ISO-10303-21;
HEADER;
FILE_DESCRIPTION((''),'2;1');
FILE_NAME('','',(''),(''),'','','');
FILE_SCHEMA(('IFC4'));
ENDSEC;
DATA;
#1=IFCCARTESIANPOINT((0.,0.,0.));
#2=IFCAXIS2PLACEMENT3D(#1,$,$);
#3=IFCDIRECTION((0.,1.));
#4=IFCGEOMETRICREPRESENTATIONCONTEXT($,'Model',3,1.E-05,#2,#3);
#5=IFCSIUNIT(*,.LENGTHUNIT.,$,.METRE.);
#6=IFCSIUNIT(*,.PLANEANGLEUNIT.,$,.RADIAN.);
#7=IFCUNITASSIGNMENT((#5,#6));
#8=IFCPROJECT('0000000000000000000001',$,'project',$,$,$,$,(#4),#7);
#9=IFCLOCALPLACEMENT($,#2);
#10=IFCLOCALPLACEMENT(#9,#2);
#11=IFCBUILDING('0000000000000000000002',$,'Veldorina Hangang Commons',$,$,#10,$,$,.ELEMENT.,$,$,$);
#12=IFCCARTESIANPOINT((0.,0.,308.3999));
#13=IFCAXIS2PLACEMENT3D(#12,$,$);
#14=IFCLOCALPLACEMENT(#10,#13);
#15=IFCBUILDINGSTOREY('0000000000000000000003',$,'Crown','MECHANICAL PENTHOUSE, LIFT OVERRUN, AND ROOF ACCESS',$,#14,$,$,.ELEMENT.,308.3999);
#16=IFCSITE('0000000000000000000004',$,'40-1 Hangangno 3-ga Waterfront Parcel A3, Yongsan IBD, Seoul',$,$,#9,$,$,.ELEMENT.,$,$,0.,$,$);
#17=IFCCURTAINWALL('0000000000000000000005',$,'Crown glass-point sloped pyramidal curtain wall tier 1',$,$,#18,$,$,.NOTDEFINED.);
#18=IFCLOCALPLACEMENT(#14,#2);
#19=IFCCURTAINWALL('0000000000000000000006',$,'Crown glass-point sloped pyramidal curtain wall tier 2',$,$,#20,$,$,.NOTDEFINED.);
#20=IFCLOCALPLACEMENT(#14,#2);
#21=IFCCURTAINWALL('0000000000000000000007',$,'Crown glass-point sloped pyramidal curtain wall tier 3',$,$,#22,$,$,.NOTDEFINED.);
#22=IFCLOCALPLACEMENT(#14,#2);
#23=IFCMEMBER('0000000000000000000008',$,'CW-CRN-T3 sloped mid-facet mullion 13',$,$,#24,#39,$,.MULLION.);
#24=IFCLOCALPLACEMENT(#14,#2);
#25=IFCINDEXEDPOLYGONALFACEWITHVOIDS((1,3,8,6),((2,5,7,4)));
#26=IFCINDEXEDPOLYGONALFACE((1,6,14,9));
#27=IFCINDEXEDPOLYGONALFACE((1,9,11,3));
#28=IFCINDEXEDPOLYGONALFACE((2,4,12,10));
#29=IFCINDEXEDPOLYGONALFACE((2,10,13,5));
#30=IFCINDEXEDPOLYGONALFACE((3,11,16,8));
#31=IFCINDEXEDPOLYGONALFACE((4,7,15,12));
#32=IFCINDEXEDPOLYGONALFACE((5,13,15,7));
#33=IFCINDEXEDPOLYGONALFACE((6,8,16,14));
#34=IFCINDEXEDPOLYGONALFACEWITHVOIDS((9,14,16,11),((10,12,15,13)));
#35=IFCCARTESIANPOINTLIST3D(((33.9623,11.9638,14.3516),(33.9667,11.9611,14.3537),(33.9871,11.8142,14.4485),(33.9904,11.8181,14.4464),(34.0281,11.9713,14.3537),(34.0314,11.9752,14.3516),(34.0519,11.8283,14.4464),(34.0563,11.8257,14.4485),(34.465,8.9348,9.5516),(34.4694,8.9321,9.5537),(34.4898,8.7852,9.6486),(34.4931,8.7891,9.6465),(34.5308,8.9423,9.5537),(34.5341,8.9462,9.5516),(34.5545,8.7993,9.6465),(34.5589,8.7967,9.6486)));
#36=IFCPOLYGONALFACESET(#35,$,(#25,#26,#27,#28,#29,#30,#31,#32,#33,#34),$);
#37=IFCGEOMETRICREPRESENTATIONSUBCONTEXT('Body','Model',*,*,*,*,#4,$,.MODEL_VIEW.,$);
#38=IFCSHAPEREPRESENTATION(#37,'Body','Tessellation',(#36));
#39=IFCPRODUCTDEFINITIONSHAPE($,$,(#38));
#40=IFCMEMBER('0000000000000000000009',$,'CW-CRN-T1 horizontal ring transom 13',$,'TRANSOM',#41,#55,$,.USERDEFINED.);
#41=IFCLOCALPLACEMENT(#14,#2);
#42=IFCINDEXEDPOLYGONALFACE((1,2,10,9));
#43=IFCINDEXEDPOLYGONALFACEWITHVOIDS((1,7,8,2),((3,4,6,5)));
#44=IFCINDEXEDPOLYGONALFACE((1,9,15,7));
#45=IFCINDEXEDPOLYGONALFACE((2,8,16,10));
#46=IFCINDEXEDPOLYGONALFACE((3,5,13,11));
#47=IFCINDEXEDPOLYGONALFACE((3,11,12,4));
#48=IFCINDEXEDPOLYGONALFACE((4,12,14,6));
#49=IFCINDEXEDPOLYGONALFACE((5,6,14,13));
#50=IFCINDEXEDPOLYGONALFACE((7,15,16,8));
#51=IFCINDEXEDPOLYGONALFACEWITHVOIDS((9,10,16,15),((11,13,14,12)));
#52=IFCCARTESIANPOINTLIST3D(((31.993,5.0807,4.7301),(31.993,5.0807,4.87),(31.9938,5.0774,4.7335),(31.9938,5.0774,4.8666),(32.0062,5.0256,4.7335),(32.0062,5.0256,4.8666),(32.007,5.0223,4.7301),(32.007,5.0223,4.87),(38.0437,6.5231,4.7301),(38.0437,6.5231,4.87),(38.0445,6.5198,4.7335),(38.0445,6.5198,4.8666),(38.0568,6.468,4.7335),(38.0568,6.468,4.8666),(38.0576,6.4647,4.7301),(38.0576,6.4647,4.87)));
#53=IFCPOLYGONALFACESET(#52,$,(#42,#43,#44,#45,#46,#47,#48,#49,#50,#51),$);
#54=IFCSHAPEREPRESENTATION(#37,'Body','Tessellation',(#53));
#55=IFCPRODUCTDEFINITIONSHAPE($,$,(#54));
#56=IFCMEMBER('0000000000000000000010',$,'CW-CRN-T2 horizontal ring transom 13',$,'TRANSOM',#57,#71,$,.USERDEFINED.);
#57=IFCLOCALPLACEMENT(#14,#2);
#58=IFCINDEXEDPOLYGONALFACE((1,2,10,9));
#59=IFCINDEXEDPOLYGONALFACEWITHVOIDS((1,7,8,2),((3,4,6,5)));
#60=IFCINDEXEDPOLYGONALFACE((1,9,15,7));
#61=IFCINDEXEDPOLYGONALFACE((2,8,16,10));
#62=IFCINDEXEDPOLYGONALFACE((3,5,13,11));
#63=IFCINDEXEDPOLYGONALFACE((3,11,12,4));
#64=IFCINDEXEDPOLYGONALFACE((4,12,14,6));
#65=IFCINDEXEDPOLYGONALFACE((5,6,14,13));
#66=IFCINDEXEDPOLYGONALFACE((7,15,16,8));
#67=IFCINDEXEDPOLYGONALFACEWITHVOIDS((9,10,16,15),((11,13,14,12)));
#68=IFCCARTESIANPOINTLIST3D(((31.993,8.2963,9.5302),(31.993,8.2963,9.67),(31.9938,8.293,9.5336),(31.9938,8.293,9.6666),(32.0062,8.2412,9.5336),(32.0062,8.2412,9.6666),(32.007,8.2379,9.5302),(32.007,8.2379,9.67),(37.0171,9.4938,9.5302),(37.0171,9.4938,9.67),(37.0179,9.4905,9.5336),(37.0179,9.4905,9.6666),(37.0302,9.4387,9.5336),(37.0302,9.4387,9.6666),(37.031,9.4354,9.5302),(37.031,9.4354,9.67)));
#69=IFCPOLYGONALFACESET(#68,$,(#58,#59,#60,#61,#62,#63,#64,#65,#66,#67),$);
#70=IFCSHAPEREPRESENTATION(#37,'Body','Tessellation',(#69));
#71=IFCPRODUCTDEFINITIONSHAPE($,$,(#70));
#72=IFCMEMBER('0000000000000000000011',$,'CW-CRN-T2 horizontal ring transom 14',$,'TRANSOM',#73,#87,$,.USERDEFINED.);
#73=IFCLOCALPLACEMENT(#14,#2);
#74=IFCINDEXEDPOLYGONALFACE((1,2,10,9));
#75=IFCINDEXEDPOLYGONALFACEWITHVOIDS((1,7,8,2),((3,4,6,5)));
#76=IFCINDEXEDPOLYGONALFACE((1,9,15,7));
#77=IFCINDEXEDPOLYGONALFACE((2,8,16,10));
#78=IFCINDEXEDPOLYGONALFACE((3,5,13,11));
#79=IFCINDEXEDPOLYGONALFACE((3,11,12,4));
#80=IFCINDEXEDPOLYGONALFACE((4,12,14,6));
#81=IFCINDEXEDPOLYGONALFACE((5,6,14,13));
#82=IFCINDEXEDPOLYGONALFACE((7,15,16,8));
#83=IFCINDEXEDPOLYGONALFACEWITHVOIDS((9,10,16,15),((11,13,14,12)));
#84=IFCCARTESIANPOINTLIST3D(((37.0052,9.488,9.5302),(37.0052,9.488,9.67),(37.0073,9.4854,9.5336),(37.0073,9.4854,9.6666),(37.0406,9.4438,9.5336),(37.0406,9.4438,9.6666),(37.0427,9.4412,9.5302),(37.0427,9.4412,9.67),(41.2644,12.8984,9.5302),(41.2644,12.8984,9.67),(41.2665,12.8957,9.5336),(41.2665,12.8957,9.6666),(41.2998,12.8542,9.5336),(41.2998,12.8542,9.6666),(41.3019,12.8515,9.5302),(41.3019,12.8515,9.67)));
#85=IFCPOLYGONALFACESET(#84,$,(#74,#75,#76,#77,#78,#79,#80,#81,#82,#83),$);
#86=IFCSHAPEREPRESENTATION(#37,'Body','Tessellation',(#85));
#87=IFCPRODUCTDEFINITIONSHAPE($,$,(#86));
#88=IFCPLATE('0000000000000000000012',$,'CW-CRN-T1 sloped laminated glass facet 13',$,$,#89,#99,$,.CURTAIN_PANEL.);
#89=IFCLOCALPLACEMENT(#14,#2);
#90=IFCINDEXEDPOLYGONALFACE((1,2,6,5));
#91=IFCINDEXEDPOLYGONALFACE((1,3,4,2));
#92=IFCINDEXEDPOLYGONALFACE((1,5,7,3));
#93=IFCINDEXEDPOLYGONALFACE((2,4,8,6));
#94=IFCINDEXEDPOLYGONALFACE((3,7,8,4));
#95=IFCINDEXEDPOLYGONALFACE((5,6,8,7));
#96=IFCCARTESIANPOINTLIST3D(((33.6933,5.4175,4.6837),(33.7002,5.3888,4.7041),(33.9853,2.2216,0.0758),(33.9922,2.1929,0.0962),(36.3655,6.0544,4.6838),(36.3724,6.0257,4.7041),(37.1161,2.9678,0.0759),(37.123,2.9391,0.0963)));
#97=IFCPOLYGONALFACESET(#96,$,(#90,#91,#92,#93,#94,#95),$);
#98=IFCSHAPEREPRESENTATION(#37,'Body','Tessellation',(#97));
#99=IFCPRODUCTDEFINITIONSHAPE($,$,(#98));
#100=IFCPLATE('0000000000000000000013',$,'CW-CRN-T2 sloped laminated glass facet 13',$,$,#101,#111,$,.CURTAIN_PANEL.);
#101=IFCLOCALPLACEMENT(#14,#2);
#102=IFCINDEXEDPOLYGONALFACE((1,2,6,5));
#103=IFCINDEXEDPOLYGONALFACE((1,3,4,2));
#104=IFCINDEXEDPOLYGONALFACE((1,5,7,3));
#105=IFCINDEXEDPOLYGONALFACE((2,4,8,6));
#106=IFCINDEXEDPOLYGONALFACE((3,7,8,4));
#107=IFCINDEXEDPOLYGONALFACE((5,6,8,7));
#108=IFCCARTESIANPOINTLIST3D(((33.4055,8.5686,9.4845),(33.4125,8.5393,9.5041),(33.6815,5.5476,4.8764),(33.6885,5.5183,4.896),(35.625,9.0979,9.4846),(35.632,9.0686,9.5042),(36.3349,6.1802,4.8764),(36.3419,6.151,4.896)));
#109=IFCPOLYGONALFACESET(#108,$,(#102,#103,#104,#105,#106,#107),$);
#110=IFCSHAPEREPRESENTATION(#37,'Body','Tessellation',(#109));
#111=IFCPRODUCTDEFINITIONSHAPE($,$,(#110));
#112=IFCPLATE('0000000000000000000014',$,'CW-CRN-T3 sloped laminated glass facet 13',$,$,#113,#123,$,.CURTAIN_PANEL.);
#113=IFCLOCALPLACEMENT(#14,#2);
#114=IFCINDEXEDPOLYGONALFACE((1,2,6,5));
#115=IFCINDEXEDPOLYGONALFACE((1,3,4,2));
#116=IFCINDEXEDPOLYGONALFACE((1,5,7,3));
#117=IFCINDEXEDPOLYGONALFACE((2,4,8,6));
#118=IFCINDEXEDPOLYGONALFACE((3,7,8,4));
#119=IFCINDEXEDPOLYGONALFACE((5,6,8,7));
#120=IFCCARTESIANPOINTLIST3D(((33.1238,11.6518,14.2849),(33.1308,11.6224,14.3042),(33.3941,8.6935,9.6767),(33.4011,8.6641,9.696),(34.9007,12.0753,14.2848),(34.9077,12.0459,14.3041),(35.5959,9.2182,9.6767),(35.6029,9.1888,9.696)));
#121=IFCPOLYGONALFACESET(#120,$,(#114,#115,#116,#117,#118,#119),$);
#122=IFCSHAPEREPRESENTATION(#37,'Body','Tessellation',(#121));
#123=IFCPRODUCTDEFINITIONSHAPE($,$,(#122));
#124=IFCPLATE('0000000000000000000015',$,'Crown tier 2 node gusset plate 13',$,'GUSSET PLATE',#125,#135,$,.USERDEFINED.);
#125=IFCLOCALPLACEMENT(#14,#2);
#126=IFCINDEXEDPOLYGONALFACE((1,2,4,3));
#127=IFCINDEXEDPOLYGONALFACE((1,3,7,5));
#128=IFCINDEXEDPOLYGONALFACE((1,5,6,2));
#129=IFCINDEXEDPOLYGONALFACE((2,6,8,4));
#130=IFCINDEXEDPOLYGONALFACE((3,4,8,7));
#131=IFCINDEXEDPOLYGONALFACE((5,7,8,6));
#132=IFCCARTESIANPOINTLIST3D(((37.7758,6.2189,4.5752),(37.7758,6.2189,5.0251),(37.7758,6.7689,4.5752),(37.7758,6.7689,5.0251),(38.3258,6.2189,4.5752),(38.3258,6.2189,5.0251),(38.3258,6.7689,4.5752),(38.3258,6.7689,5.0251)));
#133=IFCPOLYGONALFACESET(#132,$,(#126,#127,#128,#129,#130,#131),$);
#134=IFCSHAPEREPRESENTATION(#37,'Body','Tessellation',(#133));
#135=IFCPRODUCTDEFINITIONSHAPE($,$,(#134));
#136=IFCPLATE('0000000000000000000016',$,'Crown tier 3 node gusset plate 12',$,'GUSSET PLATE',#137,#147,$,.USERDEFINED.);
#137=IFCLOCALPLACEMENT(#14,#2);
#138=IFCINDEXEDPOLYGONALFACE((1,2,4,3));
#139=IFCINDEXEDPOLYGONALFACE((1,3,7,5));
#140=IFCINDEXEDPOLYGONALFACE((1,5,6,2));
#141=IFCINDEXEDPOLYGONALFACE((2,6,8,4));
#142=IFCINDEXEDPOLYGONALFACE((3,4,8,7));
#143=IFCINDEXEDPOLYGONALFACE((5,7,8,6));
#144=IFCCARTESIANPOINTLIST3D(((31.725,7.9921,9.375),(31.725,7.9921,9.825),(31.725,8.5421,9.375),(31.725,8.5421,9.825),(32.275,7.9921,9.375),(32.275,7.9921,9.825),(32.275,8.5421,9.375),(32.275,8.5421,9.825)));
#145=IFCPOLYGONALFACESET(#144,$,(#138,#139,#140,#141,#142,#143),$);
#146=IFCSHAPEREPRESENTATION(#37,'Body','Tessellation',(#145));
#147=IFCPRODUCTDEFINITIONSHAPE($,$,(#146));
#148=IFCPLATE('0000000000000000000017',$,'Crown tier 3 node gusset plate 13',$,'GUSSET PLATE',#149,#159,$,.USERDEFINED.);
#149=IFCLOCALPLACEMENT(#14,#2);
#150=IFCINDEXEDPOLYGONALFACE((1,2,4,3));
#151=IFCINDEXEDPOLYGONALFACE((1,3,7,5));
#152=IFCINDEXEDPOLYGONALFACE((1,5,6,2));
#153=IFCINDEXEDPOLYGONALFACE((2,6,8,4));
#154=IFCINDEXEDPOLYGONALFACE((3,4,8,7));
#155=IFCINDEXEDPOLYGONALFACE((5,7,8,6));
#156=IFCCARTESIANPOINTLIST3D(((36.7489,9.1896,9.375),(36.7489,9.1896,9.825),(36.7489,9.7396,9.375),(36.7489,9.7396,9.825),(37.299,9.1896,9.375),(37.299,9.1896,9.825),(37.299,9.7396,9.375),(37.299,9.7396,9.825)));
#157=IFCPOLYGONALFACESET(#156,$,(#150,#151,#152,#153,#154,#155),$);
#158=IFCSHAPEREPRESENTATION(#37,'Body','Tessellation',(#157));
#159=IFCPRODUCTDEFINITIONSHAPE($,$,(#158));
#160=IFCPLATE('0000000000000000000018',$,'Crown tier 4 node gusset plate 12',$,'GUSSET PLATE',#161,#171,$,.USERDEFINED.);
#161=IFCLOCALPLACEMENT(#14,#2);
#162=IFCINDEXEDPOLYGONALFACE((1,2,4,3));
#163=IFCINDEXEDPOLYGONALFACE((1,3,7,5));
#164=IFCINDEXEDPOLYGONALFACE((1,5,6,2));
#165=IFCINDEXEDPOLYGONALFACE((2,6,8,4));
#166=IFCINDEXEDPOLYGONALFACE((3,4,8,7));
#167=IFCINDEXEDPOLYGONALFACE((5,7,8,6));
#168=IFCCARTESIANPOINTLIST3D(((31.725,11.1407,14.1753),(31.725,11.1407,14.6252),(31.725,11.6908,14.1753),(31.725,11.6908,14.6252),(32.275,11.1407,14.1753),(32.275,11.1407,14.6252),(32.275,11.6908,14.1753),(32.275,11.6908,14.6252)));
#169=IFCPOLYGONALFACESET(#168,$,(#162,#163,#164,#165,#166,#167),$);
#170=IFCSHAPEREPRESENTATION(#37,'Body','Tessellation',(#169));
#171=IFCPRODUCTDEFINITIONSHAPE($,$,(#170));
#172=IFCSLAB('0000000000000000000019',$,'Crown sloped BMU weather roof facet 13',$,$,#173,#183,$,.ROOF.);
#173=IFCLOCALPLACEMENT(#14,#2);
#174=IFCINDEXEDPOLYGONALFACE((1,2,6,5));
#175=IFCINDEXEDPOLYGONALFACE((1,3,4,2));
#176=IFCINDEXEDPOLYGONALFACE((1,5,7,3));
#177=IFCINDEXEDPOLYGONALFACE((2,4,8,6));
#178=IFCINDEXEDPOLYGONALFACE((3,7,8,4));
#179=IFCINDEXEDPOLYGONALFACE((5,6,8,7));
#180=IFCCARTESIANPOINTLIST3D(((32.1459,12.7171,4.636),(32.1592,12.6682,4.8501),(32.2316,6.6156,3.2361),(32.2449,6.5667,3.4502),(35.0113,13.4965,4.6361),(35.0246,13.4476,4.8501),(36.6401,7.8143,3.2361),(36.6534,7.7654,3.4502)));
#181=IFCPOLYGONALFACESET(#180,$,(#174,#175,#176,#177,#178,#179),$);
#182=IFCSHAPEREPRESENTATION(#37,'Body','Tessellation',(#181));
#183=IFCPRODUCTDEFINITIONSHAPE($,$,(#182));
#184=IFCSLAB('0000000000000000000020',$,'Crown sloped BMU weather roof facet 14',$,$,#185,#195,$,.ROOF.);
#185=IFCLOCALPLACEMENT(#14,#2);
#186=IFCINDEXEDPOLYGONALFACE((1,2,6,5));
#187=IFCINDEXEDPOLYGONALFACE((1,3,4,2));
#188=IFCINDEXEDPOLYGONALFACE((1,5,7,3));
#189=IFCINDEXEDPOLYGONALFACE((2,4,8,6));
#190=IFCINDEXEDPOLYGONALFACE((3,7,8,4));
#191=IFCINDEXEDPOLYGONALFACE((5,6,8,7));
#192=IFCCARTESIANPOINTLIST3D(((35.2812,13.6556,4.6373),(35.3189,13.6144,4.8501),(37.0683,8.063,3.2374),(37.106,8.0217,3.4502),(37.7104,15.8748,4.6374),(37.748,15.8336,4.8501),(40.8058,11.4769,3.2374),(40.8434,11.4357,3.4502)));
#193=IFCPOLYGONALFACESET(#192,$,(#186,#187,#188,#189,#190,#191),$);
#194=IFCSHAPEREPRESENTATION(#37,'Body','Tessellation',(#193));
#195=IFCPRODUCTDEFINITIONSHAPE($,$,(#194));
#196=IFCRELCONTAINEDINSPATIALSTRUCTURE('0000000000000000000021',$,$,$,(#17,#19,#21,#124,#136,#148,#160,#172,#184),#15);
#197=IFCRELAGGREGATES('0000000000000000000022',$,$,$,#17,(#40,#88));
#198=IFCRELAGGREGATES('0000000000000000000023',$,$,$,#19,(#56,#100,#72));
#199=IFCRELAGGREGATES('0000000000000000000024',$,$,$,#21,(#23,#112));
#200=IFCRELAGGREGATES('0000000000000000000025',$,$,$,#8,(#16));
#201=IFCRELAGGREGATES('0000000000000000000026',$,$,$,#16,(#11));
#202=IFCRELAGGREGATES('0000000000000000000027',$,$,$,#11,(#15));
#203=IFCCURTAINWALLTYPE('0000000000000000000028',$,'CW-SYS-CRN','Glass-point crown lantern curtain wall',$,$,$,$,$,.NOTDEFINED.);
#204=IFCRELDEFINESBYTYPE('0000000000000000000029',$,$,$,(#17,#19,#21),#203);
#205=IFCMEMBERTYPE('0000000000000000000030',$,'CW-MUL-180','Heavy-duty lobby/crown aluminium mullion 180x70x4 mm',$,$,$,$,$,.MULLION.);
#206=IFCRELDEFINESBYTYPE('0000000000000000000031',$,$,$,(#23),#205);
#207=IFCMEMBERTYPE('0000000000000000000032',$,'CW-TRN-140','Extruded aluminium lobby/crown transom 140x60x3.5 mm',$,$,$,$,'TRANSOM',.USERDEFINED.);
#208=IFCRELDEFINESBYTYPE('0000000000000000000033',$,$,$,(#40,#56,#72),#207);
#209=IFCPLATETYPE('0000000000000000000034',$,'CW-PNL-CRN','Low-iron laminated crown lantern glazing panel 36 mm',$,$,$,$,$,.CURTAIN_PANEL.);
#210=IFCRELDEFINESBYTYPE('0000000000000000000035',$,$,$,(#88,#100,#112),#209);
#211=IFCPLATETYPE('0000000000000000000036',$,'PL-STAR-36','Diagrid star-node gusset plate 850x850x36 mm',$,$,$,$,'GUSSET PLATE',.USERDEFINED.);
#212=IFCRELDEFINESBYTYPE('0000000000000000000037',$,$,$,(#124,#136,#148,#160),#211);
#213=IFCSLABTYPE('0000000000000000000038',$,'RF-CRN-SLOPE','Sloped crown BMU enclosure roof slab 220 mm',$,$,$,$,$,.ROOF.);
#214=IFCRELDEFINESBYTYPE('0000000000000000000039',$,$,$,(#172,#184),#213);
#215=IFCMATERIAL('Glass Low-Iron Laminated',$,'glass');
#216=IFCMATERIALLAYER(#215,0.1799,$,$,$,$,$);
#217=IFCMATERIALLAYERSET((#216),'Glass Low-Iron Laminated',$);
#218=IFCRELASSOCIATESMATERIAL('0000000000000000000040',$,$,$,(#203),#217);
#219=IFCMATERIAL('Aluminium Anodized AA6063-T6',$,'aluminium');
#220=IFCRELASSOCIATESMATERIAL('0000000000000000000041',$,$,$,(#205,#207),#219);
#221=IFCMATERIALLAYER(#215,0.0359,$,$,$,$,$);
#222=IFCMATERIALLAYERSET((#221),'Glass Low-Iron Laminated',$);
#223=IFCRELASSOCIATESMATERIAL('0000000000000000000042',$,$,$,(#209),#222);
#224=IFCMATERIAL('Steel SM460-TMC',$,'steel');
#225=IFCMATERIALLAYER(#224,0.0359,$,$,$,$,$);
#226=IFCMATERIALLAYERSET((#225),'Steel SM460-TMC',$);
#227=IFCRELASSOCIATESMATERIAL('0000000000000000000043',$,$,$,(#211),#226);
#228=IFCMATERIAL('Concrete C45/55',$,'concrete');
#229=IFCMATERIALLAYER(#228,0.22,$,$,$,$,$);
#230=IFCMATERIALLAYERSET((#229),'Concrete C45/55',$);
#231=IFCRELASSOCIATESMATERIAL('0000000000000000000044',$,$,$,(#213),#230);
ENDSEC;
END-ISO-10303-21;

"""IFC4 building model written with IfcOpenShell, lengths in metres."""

from ifc_helpers import new_model, si_unit, direction, frame, origin, origin_2d, place, context, subcontext, project, spatial, polyline, rectangle, hollow_rectangle, outline, extrude, material, layer, layer_set, material_profile, profile_set, type_object, element, aggregate, save


model = new_model("IFC4")

# Units and contexts
model_context = context("Model", 3, precision=1e-05, world=origin(), true_north=direction((0.0, 1.0)))
body_context = subcontext(model_context, "Body", "Model", "MODEL_VIEW")
ifc_project = project(units=[si_unit("LENGTHUNIT", "METRE"), si_unit("PLANEANGLEUNIT", "RADIAN")], contexts=[model_context])

# Site, building, storey
site_placement = place(None, origin())
site = spatial("IfcSite", under=ifc_project, at=site_placement, Name="40-1 Hangangno 3-ga Waterfront Parcel A3, Yongsan IBD, Seoul", CompositionType="ELEMENT", RefElevation=0.0)
building_placement = place(site_placement, origin())
building = spatial("IfcBuilding", under=site, at=building_placement, Name="Veldorina Hangang Commons", CompositionType="ELEMENT")
storey_placement = place(building_placement, frame((0.0, 0.0, 308.3999)))
storey = spatial("IfcBuildingStorey", under=building, at=storey_placement, Name="Crown", Description="MECHANICAL PENTHOUSE, LIFT OVERRUN, AND ROOF ACCESS", CompositionType="ELEMENT", Elevation=308.3999)

# Shared definitions
ifc_material_1 = material(Name="Steel SM460-TMC", Category="steel")

# Curtain walls, member
ifc_material_2 = material(Name="Glass Low-Iron Laminated", Category="glass")
ifc_layer_1 = layer(ifc_material_2, 0.1799)
ifc_layer_set_1 = layer_set([ifc_layer_1], Name="Glass Low-Iron Laminated")
curtain_wall_type = type_object("IfcCurtainWallType", Name="CW-SYS-CRN", Description="Glass-point crown lantern curtain wall", PredefinedType="NOTDEFINED", material=ifc_layer_set_1)
curtain_wall_1_placement = place(storey_placement, origin())
curtain_wall_1 = element("IfcCurtainWall", 1, at=curtain_wall_1_placement, inside=storey, type_object=curtain_wall_type, Name="Crown glass-point sloped pyramidal curtain wall tier 1", PredefinedType="NOTDEFINED")
ifc_material_3 = material(Name="Aluminium Anodized AA6063-T6", Category="aluminium")
ifc_material_profile_1 = material_profile(ifc_material_3, hollow_rectangle(XDim=0.0701, YDim=0.1799, WallThickness=0.0039, at=origin_2d()), Name="ALU-RHS-180x70x4")
ifc_profile_set_1 = profile_set([ifc_material_profile_1], Name="Aluminium Anodized AA6063-T6")
member_type_1 = type_object("IfcMemberType", Name="CW-MUL-180", Description="Heavy-duty lobby/crown aluminium mullion 180x70x4 mm", PredefinedType="MULLION", material=ifc_profile_set_1)
curtain_wall_2_placement = place(storey_placement, origin())
curtain_wall_2 = element("IfcCurtainWall", 2, at=curtain_wall_2_placement, inside=storey, type_object=curtain_wall_type, Name="Crown glass-point sloped pyramidal curtain wall tier 2", PredefinedType="NOTDEFINED")
curtain_wall_3_placement = place(storey_placement, origin())
curtain_wall_3 = element("IfcCurtainWall", 3, at=curtain_wall_3_placement, inside=storey, type_object=curtain_wall_type, Name="Crown glass-point sloped pyramidal curtain wall tier 3", PredefinedType="NOTDEFINED")
member_1_placement = place(storey_placement, frame((34.512, 8.8657, 9.6001), z_axis=(-0.08822, 0.53159, 0.842395), x_axis=(-0.986508, -0.163716, 0.0)))
member_1 = element("IfcMember", 4, at=member_1_placement, type_object=member_type_1, Name="CW-CRN-T3 sloped mid-facet mullion 13", PredefinedType="MULLION", context=body_context, shape_type="SweptSolid", body=[
    extrude(hollow_rectangle(XDim=0.0701, YDim=0.1799, WallThickness=0.0039, at=origin_2d()), origin(), (0.0, 0.0, 1.0), 5.698),
])

# Members
ifc_material_profile_2 = material_profile(ifc_material_3, hollow_rectangle(XDim=0.0601, YDim=0.1399, WallThickness=0.0034, at=origin_2d()), Name="ALU-RHS-140x60x3.5")
ifc_profile_set_2 = profile_set([ifc_material_profile_2], Name="Aluminium Anodized AA6063-T6")
member_type_2 = type_object("IfcMemberType", Name="CW-TRN-140", Description="Extruded aluminium lobby/crown transom 140x60x3.5 mm", ElementType="TRANSOM", PredefinedType="USERDEFINED", material=ifc_profile_set_2)
member_2_placement = place(storey_placement, frame((32.0, 5.0515, 4.8), z_axis=(0.972744, 0.231882, 0.0), x_axis=(-0.231882, 0.972744, 0.0)))
member_2 = element("IfcMember", 5, at=member_2_placement, type_object=member_type_2, Name="CW-CRN-T1 horizontal ring transom 13", ObjectType="TRANSOM", PredefinedType="USERDEFINED", context=body_context, shape_type="SweptSolid", body=[
    extrude(hollow_rectangle(XDim=0.0601, YDim=0.1399, WallThickness=0.0034, at=origin_2d()), origin(), (0.0, 0.0, 1.0), 6.2202),
])
member_3_placement = place(storey_placement, frame((32.0, 8.2671, 9.6001), z_axis=(0.972748, 0.231865, 0.0), x_axis=(-0.231865, 0.972748, 0.0)))
member_3 = element("IfcMember", 6, at=member_3_placement, type_object=member_type_2, Name="CW-CRN-T2 horizontal ring transom 13", ObjectType="TRANSOM", PredefinedType="USERDEFINED", context=body_context, shape_type="SweptSolid", body=[
    extrude(hollow_rectangle(XDim=0.0601, YDim=0.1399, WallThickness=0.0034, at=origin_2d()), origin(), (0.0, 0.0, 1.0), 5.1648),
])
member_4_placement = place(storey_placement, frame((37.0239, 9.4646, 9.6001), z_axis=(0.780602, 0.625028, 0.0), x_axis=(-0.625028, 0.780602, 0.0)))
member_4 = element("IfcMember", 7, at=member_4_placement, type_object=member_type_2, Name="CW-CRN-T2 horizontal ring transom 14", ObjectType="TRANSOM", PredefinedType="USERDEFINED", context=body_context, shape_type="SweptSolid", body=[
    extrude(hollow_rectangle(XDim=0.0601, YDim=0.1399, WallThickness=0.0034, at=origin_2d()), origin(), (0.0, 0.0, 1.0), 5.4563),
])

# Plates
ifc_layer_2 = layer(ifc_material_2, 0.0359)
ifc_layer_set_2 = layer_set([ifc_layer_2], Name="Glass Low-Iron Laminated")
plate_type_1 = type_object("IfcPlateType", Name="CW-PNL-CRN", Description="Low-iron laminated crown lantern glazing panel 36 mm", PredefinedType="CURTAIN_PANEL", material=ifc_layer_set_2)
plate_1_placement = place(storey_placement, frame((33.9922, 2.1929, 0.0962), z_axis=(0.190881, -0.800893, 0.56757), x_axis=(0.97275, 0.231855, 0.00002)))
plate_1 = element("IfcPlate", 8, at=plate_1_placement, type_object=plate_type_1, Name="CW-CRN-T1 sloped laminated glass facet 13", PredefinedType="CURTAIN_PANEL", context=body_context, shape_type="SweptSolid", body=[
    extrude(outline(polyline([(0.0, 0.0), (3.2185, 0.0), (3.2041, 5.5967), (0.457, 5.5967), (0.0, 0.0)])), origin(), (0.0, 0.0, -1.0), 0.0359),
])
aggregate(curtain_wall_1, [member_2, plate_1])
plate_2_placement = place(storey_placement, frame((33.6885, 5.5183, 4.896), z_axis=(0.194323, -0.814983, 0.545932), x_axis=(0.972733, 0.231928, -0.000014)))
plate_2 = element("IfcPlate", 9, at=plate_2_placement, type_object=plate_type_1, Name="CW-CRN-T2 sloped laminated glass facet 13", PredefinedType="CURTAIN_PANEL", context=body_context, shape_type="SweptSolid", body=[
    extrude(outline(polyline([(0.0, 0.0), (2.7278, 0.0), (2.7139, 5.5002), (0.4321, 5.5), (0.0, 0.0)])), origin(), (0.0, 0.0, -1.0), 0.0359),
])
aggregate(curtain_wall_2, [member_3, plate_2, member_4])
plate_3_placement = place(storey_placement, frame((33.4011, 8.6641, 9.696), z_axis=(0.195447, -0.820034, 0.537908), x_axis=(0.972755, 0.231836, -0.000017)))
plate_3 = element("IfcPlate", 10, at=plate_3_placement, type_object=plate_type_1, Name="CW-CRN-T3 sloped laminated glass facet 13", PredefinedType="CURTAIN_PANEL", context=body_context, shape_type="SweptSolid", body=[
    extrude(outline(polyline([(0.0, 0.0), (2.2634, 0.0), (2.2495, 5.4663), (0.4229, 5.4663), (0.0, 0.0)])), origin(), (0.0, 0.0, -1.0), 0.0359),
])
aggregate(curtain_wall_3, [member_1, plate_3])

# Plates
ifc_layer_3 = layer(ifc_material_1, 0.0359)
ifc_layer_set_3 = layer_set([ifc_layer_3], Name="Steel SM460-TMC")
plate_type_2 = type_object("IfcPlateType", Name="PL-STAR-36", Description="Diagrid star-node gusset plate 850x850x36 mm", ElementType="GUSSET PLATE", PredefinedType="USERDEFINED", material=ifc_layer_set_3)
for number, where, z_axis, x_axis, name in (
    (11, (38.0508, 6.4939, 4.5752), (0.0, 0.0, 1.0), (1.0, 0.0, 0.0), "Crown tier 2 node gusset plate 13"),
    (12, (32.0, 8.2671, 9.375), (0.0, 0.0, 1.0), (1.0, 0.0, 0.0), "Crown tier 3 node gusset plate 12"),
    (13, (37.0239, 9.4646, 9.375), (0.0, 0.0, 1.0), (1.0, 0.0, 0.0), "Crown tier 3 node gusset plate 13"),
    (14, (32.0, 11.4158, 14.1753), (0.0, 0.0, 1.0), (1.0, 0.0, 0.0), "Crown tier 4 node gusset plate 12"),
):
    element("IfcPlate", number, at=place(storey_placement, frame(where, z_axis=z_axis, x_axis=x_axis)), inside=storey, type_object=plate_type_2, Name=name, ObjectType="GUSSET PLATE", PredefinedType="USERDEFINED", context=body_context, shape_type="SweptSolid", body=[
        extrude(rectangle(XDim=0.55, YDim=0.55, at=origin_2d()), origin(), (0.0, 0.0, 1.0), 0.45),
    ])

# Slabs
ifc_material_4 = material(Name="Concrete C45/55", Category="concrete")
ifc_layer_4 = layer(ifc_material_4, 0.22)
ifc_layer_set_4 = layer_set([ifc_layer_4], Name="Concrete C45/55")
slab_type = type_object("IfcSlabType", Name="RF-CRN-SLOPE", Description="Sloped crown BMU enclosure roof slab 220 mm", PredefinedType="ROOF", material=ifc_layer_set_4)
slab_1_placement = place(storey_placement, frame((32.2449, 6.5667, 3.4502), z_axis=(0.060479, -0.222404, 0.973077), x_axis=(0.964962, 0.26239, -0.000004)))
element("IfcSlab", 15, at=slab_1_placement, inside=storey, type_object=slab_type, Name="Crown sloped BMU weather roof facet 13", PredefinedType="ROOF", context=body_context, shape_type="SweptSolid", body=[
    extrude(outline(polyline([(0.0, 0.0), (4.5686, 0.0), (4.4878, 6.074), (1.5183, 6.0737), (0.0, 0.0)])), origin(), (0.0, 0.0, -1.0), 0.22),
])
slab_2_placement = place(storey_placement, frame((37.106, 8.0217, 3.4502), z_axis=(0.171195, -0.187407, 0.967249), x_axis=(0.738335, 0.674434, -0.000006)))
element("IfcSlab", 16, at=slab_2_placement, inside=storey, type_object=slab_type, Name="Crown sloped BMU weather roof facet 14", PredefinedType="ROOF", context=body_context, shape_type="SweptSolid", body=[
    extrude(outline(polyline([(0.0, 0.0), (5.062, 0.0), (5.7427, 5.5154), (2.4524, 5.5151), (0.0, 0.0)])), origin(), (0.0, 0.0, -1.0), 0.22),
])

save(model, "model.ifc")
